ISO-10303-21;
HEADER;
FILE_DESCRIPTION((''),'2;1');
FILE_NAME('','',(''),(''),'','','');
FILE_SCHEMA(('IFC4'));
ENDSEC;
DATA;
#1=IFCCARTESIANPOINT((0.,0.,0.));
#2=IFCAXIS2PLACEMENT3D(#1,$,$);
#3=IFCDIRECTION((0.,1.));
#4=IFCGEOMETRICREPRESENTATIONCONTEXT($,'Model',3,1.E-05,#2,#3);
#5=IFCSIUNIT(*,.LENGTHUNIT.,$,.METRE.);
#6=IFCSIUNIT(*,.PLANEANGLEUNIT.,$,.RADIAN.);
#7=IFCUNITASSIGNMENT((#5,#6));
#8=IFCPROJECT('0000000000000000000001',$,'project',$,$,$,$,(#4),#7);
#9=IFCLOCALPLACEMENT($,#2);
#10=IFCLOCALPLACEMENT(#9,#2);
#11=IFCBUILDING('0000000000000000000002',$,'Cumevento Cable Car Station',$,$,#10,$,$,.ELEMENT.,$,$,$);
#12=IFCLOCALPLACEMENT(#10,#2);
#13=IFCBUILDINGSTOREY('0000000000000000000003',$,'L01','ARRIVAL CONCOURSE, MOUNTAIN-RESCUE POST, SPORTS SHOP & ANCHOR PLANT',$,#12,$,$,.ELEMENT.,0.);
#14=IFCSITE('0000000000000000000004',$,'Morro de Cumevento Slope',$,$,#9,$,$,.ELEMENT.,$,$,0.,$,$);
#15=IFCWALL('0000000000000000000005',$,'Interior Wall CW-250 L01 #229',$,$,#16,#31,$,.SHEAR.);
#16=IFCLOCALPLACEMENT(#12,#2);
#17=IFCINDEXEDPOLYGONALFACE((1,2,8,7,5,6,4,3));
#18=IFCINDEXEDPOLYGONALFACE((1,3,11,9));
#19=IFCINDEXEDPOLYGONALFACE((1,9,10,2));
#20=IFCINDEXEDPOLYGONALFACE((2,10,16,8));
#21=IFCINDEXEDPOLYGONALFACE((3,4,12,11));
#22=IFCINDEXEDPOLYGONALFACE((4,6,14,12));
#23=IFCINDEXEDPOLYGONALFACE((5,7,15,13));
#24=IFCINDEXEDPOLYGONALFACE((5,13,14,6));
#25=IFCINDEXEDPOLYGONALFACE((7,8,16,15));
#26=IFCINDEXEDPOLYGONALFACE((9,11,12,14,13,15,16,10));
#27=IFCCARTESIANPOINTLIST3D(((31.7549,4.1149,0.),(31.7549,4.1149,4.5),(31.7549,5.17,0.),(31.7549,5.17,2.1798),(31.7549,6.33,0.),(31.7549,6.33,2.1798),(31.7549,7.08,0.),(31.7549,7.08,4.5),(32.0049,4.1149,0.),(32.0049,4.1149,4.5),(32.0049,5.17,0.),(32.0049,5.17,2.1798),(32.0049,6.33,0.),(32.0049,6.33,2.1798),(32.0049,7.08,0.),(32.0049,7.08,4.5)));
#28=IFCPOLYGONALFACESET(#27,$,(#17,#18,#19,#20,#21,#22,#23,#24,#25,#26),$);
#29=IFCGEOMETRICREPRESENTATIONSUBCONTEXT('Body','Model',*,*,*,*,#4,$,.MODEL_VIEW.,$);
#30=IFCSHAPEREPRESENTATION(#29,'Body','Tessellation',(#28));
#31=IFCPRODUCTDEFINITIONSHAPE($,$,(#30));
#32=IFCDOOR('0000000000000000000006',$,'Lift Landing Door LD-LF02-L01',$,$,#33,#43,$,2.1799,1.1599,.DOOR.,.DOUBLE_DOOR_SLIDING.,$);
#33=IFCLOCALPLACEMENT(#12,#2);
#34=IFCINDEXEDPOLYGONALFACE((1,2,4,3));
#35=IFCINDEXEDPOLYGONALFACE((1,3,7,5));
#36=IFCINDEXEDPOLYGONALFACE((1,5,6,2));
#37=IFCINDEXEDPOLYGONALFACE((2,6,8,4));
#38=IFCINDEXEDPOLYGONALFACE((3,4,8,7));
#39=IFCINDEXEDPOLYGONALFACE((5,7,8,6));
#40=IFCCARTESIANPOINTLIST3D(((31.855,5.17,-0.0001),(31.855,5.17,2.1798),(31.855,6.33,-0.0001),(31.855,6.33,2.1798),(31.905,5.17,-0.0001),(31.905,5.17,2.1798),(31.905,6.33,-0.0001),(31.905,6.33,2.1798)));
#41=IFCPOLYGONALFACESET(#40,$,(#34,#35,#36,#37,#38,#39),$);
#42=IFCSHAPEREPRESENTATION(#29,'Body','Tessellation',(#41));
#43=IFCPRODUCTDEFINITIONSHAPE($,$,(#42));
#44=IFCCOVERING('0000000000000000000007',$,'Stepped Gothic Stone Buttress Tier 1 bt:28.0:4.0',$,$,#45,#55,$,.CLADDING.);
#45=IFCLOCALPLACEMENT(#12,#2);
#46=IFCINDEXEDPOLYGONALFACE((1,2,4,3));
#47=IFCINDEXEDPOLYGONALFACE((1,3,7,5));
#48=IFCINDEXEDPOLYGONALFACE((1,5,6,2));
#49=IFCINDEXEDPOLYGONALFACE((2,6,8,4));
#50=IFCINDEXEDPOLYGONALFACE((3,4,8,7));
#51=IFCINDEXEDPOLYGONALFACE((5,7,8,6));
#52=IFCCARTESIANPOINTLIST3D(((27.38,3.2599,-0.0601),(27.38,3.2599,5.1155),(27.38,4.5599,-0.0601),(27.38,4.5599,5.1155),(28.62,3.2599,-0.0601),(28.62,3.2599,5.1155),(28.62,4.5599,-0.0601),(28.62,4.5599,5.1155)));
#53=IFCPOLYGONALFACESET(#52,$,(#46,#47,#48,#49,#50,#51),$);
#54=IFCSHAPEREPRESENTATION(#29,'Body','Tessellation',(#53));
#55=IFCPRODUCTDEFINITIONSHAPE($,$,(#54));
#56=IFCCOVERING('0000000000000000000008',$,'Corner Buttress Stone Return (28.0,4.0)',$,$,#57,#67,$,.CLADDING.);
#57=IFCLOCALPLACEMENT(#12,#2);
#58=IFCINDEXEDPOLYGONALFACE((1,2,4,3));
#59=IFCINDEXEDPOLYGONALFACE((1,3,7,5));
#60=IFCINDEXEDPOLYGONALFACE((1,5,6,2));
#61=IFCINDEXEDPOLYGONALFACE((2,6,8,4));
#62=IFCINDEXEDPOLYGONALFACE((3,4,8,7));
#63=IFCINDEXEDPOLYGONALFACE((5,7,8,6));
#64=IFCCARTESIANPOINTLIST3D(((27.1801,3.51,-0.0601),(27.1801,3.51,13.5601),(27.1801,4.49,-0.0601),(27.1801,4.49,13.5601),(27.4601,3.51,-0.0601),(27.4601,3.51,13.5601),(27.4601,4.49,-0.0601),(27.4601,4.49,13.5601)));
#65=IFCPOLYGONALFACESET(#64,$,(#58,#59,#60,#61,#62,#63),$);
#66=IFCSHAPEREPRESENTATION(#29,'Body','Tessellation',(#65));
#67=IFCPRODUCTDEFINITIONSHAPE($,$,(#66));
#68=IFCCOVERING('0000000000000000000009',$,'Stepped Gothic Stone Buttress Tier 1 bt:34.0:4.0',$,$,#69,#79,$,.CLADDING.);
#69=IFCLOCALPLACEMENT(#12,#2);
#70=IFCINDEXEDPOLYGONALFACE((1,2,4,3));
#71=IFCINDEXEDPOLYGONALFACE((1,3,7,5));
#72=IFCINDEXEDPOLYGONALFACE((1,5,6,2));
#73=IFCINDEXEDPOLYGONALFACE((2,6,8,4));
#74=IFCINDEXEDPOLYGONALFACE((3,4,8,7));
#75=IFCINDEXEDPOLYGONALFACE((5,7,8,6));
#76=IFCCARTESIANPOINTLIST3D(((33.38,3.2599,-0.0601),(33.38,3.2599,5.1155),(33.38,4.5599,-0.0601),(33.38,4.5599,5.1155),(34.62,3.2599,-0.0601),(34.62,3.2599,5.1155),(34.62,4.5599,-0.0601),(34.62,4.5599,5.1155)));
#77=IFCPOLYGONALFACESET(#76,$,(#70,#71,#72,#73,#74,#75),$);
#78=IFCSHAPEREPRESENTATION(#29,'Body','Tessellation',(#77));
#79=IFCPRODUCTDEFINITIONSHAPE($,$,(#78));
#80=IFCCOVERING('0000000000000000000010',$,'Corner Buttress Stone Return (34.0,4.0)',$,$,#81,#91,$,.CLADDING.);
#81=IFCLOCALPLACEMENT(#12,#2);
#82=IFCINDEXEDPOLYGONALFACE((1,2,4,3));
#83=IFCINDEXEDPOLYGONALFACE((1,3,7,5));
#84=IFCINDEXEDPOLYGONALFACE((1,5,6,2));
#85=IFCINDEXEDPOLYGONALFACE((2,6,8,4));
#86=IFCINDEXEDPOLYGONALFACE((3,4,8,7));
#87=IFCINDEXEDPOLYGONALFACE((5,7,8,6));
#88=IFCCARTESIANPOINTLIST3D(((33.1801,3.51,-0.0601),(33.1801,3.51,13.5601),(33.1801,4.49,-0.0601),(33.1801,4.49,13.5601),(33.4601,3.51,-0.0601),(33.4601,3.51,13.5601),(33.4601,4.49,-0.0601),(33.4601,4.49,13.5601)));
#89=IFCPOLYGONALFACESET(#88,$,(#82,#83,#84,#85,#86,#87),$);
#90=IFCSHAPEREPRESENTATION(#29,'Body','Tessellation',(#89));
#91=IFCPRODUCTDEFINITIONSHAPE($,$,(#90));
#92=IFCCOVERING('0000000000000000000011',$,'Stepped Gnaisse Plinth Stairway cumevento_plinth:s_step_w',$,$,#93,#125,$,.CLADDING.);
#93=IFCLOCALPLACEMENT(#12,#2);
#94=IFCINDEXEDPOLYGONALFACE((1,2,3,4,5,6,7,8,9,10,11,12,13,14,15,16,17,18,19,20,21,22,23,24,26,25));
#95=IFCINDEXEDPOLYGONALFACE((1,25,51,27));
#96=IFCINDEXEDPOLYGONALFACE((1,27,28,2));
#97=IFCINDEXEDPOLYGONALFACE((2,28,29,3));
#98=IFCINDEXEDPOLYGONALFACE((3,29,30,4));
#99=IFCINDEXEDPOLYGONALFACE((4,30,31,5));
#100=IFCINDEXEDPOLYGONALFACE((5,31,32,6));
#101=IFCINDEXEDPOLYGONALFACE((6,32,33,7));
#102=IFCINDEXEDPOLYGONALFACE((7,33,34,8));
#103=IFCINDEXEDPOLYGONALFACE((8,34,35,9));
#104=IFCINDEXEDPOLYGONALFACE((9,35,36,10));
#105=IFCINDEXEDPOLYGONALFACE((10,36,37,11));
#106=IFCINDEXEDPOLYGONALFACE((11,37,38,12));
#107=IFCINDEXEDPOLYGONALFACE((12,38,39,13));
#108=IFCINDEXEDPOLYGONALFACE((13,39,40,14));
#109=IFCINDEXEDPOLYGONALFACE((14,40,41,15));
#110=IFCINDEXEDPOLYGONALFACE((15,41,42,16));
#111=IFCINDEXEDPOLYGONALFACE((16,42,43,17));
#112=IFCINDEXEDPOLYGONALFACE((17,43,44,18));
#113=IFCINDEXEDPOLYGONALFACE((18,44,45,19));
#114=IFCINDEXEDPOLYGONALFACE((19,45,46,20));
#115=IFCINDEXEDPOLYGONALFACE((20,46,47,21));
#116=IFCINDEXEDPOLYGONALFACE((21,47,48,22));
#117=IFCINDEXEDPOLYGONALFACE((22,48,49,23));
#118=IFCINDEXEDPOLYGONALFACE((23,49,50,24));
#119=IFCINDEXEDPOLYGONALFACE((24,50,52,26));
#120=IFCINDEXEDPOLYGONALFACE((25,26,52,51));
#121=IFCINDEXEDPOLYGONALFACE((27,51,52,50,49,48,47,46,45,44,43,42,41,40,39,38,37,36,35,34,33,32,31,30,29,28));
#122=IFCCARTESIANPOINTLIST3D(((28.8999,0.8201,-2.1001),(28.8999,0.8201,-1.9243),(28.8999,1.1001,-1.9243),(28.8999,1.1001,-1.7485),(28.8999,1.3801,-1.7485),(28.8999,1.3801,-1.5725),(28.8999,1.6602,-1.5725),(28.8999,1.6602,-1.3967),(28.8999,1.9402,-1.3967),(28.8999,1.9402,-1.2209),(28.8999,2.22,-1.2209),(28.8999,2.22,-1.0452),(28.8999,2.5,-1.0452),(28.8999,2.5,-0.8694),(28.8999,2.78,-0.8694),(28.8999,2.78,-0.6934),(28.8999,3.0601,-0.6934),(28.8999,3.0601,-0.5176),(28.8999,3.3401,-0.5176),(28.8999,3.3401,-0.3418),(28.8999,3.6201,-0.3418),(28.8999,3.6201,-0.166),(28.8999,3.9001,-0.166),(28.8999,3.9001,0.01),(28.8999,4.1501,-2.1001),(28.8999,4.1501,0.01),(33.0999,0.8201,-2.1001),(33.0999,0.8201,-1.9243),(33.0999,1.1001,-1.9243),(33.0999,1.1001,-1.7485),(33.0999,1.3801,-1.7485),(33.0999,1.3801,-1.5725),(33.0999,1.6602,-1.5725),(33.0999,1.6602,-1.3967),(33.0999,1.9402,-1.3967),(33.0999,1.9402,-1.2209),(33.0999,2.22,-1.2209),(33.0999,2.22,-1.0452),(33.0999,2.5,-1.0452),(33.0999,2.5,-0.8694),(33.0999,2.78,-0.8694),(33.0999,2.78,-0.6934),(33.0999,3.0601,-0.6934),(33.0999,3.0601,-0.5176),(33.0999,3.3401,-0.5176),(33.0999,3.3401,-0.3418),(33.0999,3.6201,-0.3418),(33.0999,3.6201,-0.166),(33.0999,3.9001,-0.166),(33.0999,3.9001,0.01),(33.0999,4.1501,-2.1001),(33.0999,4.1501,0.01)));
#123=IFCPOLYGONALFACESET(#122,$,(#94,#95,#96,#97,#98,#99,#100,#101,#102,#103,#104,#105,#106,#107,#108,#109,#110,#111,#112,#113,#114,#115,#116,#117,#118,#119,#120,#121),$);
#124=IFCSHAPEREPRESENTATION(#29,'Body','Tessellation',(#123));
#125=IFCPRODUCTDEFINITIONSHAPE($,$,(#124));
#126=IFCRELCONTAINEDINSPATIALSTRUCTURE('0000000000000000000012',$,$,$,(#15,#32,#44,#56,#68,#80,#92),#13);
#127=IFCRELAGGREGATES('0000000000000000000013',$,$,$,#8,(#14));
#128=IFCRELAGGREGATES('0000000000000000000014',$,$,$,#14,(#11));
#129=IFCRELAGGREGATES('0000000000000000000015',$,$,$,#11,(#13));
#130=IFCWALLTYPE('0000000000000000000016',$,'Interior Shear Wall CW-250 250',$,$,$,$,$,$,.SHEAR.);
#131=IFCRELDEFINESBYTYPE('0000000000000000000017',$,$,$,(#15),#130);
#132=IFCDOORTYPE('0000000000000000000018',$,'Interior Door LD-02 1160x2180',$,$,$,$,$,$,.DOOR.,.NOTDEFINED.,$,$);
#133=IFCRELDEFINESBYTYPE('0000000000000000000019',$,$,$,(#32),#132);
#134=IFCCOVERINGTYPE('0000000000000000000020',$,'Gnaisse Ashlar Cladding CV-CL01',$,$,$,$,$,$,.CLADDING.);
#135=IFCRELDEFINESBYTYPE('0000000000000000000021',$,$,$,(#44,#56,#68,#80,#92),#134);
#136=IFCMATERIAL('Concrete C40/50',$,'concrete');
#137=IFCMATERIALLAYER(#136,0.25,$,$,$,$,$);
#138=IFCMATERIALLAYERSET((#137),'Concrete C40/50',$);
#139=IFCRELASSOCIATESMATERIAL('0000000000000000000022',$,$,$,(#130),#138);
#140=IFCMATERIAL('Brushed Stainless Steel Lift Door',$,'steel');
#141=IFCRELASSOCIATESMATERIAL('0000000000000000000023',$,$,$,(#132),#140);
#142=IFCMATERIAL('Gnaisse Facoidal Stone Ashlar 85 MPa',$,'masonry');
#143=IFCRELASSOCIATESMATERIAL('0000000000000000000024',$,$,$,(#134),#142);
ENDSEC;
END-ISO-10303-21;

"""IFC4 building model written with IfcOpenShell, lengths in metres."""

from ifc_helpers import new_model, si_unit, direction, frame, frame_2d, origin, origin_2d, place, context, subcontext, project, spatial, polyline, rectangle, outline, extrude, material, layer, layer_set, type_object, element, fill, save


model = new_model("IFC4")

# Units and contexts
model_context = context("Model", 3, precision=1e-05, world=origin(), true_north=direction((0.0, 1.0)))
body_context = subcontext(model_context, "Body", "Model", "MODEL_VIEW")
ifc_project = project(units=[si_unit("LENGTHUNIT", "METRE"), si_unit("PLANEANGLEUNIT", "RADIAN")], contexts=[model_context])

# Site, building, storey
site_placement = place(None, origin())
site = spatial("IfcSite", under=ifc_project, at=site_placement, Name="Morro de Cumevento Slope", CompositionType="ELEMENT", RefElevation=0.0)
building_placement = place(site_placement, origin())
building = spatial("IfcBuilding", under=site, at=building_placement, Name="Cumevento Cable Car Station", CompositionType="ELEMENT")
storey_placement = place(building_placement, origin())
storey = spatial("IfcBuildingStorey", under=building, at=storey_placement, Name="L01", Description="ARRIVAL CONCOURSE, MOUNTAIN-RESCUE POST, SPORTS SHOP & ANCHOR PLANT", CompositionType="ELEMENT", Elevation=0.0)

# Wall, opening, door
ifc_material_1 = material(Name="Concrete C40/50", Category="concrete")
ifc_layer_1 = layer(ifc_material_1, 0.25)
ifc_layer_set_1 = layer_set([ifc_layer_1], Name="Concrete C40/50")
wall_type_1 = type_object("IfcWallType", Name="Interior Shear Wall CW-250 250", PredefinedType="SHEAR", material=ifc_layer_set_1)
wall_1_placement = place(storey_placement, frame((31.8799, 4.115, 0.0), z_axis=(0.0, 0.0, 1.0), x_axis=(0.0, 1.0, 0.0)))
wall_1 = element("IfcWall", 1, at=wall_1_placement, inside=storey, type_object=wall_type_1, Name="Interior Wall CW-250 L01 #229", PredefinedType="SHEAR", context=body_context, shape_type="SweptSolid", body=[
    extrude(rectangle(XDim=2.9651, YDim=0.25, at=frame_2d((1.4824, 0.0))), origin(), (0.0, 0.0, 1.0), 4.5),
])
opening_placement = place(wall_1_placement, frame((1.0549, 0.0, 0.0)))
opening = element("IfcOpeningElement", 2, at=opening_placement, cuts=wall_1, PredefinedType="OPENING", context=body_context, shape_type="SweptSolid", body=[
    extrude(rectangle(XDim=1.1599, YDim=2.1799, at=frame_2d((0.5801, 1.0898))), frame((0.0, 0.135, 0.0), z_axis=(0.0, -1.0, 0.0), x_axis=(1.0, 0.0, 0.0)), (0.0, 0.0, 1.0), 0.27),
])
ifc_material_2 = material(Name="Brushed Stainless Steel Lift Door", Category="steel")
door_type = type_object("IfcDoorType", Name="Interior Door LD-02 1160x2180", OperationType="NOTDEFINED", PredefinedType="DOOR", material=ifc_material_2)
door_placement = place(opening_placement, origin())
door = element("IfcDoor", 3, at=door_placement, inside=storey, type_object=door_type, Name="Lift Landing Door LD-LF02-L01", OperationType="DOUBLE_DOOR_SLIDING", OverallHeight=2.1799, OverallWidth=1.1599, PredefinedType="DOOR", context=body_context, shape_type="SweptSolid", body=[
    extrude(rectangle(XDim=1.1599, YDim=2.1799, at=frame_2d((0.5801, 1.0898))), frame((0.0, 0.0249, 0.0), z_axis=(0.0, -1.0, 0.0), x_axis=(1.0, 0.0, 0.0)), (0.0, 0.0, 1.0), 0.05),
])
fill(opening, door)

# Coverings
ifc_material_3 = material(Name="Gnaisse Facoidal Stone Ashlar 85 MPa", Category="masonry")
covering_type = type_object("IfcCoveringType", Name="Gnaisse Ashlar Cladding CV-CL01", PredefinedType="CLADDING", material=ifc_material_3)
covering_1_placement = place(storey_placement, frame((28.0, 3.9099, -0.0601), z_axis=(0.0, 0.0, 1.0), x_axis=(1.0, 0.0, 0.0)))
element("IfcCovering", 4, at=covering_1_placement, inside=storey, type_object=covering_type, Name="Stepped Gothic Stone Buttress Tier 1 bt:28.0:4.0", PredefinedType="CLADDING", context=body_context, shape_type="SweptSolid", body=[
    extrude(rectangle(XDim=1.24, YDim=1.3, at=origin_2d()), origin(), (0.0, 0.0, 1.0), 5.1755),
])
covering_2_placement = place(storey_placement, frame((27.3201, 4.0, -0.0601), z_axis=(0.0, 0.0, 1.0), x_axis=(1.0, 0.0, 0.0)))
element("IfcCovering", 5, at=covering_2_placement, inside=storey, type_object=covering_type, Name="Corner Buttress Stone Return (28.0,4.0)", PredefinedType="CLADDING", context=body_context, shape_type="SweptSolid", body=[
    extrude(rectangle(XDim=0.28, YDim=0.98, at=origin_2d()), origin(), (0.0, 0.0, 1.0), 13.6201),
])
covering_3_placement = place(storey_placement, frame((34.0, 3.9099, -0.0601), z_axis=(0.0, 0.0, 1.0), x_axis=(1.0, 0.0, 0.0)))
element("IfcCovering", 6, at=covering_3_placement, inside=storey, type_object=covering_type, Name="Stepped Gothic Stone Buttress Tier 1 bt:34.0:4.0", PredefinedType="CLADDING", context=body_context, shape_type="SweptSolid", body=[
    extrude(rectangle(XDim=1.24, YDim=1.3, at=origin_2d()), origin(), (0.0, 0.0, 1.0), 5.1755),
])
covering_4_placement = place(storey_placement, frame((33.3201, 4.0, -0.0601), z_axis=(0.0, 0.0, 1.0), x_axis=(1.0, 0.0, 0.0)))
element("IfcCovering", 7, at=covering_4_placement, inside=storey, type_object=covering_type, Name="Corner Buttress Stone Return (34.0,4.0)", PredefinedType="CLADDING", context=body_context, shape_type="SweptSolid", body=[
    extrude(rectangle(XDim=0.28, YDim=0.98, at=origin_2d()), origin(), (0.0, 0.0, 1.0), 13.6201),
])
covering_5_placement = place(storey_placement, frame((31.0, 0.8201, -2.1001), z_axis=(0.0, 0.0, 1.0), x_axis=(0.0, 1.0, 0.0)))
element("IfcCovering", 8, at=covering_5_placement, inside=storey, type_object=covering_type, Name="Stepped Gnaisse Plinth Stairway cumevento_plinth:s_step_w", PredefinedType="CLADDING", context=body_context, shape_type="SweptSolid", body=[
    extrude(outline(polyline([(0.0, 0.0), (0.0, 0.1758), (0.28, 0.1758), (0.28, 0.3516), (0.5601, 0.3516), (0.5601, 0.5276), (0.8401, 0.5276), (0.8401, 0.7034), (1.1201, 0.7034), (1.1201, 0.8792), (1.3999, 0.8792), (1.3999, 1.0549), (1.6799, 1.0549), (1.6799, 1.2307), (1.96, 1.2307), (1.96, 1.4067), (2.24, 1.4067), (2.24, 1.5825), (2.52, 1.5825), (2.52, 1.7583), (2.8, 1.7583), (2.8, 1.9341), (3.0801, 1.9341), (3.0801, 2.1101), (3.3301, 2.1101), (3.3301, 0.0), (0.0, 0.0)])), frame((0.0, 2.1001, 0.0), z_axis=(0.0, -1.0, 0.0), x_axis=(1.0, 0.0, 0.0)), (0.0, 0.0, 1.0), 4.2),
])

save(model, "model.ifc")
